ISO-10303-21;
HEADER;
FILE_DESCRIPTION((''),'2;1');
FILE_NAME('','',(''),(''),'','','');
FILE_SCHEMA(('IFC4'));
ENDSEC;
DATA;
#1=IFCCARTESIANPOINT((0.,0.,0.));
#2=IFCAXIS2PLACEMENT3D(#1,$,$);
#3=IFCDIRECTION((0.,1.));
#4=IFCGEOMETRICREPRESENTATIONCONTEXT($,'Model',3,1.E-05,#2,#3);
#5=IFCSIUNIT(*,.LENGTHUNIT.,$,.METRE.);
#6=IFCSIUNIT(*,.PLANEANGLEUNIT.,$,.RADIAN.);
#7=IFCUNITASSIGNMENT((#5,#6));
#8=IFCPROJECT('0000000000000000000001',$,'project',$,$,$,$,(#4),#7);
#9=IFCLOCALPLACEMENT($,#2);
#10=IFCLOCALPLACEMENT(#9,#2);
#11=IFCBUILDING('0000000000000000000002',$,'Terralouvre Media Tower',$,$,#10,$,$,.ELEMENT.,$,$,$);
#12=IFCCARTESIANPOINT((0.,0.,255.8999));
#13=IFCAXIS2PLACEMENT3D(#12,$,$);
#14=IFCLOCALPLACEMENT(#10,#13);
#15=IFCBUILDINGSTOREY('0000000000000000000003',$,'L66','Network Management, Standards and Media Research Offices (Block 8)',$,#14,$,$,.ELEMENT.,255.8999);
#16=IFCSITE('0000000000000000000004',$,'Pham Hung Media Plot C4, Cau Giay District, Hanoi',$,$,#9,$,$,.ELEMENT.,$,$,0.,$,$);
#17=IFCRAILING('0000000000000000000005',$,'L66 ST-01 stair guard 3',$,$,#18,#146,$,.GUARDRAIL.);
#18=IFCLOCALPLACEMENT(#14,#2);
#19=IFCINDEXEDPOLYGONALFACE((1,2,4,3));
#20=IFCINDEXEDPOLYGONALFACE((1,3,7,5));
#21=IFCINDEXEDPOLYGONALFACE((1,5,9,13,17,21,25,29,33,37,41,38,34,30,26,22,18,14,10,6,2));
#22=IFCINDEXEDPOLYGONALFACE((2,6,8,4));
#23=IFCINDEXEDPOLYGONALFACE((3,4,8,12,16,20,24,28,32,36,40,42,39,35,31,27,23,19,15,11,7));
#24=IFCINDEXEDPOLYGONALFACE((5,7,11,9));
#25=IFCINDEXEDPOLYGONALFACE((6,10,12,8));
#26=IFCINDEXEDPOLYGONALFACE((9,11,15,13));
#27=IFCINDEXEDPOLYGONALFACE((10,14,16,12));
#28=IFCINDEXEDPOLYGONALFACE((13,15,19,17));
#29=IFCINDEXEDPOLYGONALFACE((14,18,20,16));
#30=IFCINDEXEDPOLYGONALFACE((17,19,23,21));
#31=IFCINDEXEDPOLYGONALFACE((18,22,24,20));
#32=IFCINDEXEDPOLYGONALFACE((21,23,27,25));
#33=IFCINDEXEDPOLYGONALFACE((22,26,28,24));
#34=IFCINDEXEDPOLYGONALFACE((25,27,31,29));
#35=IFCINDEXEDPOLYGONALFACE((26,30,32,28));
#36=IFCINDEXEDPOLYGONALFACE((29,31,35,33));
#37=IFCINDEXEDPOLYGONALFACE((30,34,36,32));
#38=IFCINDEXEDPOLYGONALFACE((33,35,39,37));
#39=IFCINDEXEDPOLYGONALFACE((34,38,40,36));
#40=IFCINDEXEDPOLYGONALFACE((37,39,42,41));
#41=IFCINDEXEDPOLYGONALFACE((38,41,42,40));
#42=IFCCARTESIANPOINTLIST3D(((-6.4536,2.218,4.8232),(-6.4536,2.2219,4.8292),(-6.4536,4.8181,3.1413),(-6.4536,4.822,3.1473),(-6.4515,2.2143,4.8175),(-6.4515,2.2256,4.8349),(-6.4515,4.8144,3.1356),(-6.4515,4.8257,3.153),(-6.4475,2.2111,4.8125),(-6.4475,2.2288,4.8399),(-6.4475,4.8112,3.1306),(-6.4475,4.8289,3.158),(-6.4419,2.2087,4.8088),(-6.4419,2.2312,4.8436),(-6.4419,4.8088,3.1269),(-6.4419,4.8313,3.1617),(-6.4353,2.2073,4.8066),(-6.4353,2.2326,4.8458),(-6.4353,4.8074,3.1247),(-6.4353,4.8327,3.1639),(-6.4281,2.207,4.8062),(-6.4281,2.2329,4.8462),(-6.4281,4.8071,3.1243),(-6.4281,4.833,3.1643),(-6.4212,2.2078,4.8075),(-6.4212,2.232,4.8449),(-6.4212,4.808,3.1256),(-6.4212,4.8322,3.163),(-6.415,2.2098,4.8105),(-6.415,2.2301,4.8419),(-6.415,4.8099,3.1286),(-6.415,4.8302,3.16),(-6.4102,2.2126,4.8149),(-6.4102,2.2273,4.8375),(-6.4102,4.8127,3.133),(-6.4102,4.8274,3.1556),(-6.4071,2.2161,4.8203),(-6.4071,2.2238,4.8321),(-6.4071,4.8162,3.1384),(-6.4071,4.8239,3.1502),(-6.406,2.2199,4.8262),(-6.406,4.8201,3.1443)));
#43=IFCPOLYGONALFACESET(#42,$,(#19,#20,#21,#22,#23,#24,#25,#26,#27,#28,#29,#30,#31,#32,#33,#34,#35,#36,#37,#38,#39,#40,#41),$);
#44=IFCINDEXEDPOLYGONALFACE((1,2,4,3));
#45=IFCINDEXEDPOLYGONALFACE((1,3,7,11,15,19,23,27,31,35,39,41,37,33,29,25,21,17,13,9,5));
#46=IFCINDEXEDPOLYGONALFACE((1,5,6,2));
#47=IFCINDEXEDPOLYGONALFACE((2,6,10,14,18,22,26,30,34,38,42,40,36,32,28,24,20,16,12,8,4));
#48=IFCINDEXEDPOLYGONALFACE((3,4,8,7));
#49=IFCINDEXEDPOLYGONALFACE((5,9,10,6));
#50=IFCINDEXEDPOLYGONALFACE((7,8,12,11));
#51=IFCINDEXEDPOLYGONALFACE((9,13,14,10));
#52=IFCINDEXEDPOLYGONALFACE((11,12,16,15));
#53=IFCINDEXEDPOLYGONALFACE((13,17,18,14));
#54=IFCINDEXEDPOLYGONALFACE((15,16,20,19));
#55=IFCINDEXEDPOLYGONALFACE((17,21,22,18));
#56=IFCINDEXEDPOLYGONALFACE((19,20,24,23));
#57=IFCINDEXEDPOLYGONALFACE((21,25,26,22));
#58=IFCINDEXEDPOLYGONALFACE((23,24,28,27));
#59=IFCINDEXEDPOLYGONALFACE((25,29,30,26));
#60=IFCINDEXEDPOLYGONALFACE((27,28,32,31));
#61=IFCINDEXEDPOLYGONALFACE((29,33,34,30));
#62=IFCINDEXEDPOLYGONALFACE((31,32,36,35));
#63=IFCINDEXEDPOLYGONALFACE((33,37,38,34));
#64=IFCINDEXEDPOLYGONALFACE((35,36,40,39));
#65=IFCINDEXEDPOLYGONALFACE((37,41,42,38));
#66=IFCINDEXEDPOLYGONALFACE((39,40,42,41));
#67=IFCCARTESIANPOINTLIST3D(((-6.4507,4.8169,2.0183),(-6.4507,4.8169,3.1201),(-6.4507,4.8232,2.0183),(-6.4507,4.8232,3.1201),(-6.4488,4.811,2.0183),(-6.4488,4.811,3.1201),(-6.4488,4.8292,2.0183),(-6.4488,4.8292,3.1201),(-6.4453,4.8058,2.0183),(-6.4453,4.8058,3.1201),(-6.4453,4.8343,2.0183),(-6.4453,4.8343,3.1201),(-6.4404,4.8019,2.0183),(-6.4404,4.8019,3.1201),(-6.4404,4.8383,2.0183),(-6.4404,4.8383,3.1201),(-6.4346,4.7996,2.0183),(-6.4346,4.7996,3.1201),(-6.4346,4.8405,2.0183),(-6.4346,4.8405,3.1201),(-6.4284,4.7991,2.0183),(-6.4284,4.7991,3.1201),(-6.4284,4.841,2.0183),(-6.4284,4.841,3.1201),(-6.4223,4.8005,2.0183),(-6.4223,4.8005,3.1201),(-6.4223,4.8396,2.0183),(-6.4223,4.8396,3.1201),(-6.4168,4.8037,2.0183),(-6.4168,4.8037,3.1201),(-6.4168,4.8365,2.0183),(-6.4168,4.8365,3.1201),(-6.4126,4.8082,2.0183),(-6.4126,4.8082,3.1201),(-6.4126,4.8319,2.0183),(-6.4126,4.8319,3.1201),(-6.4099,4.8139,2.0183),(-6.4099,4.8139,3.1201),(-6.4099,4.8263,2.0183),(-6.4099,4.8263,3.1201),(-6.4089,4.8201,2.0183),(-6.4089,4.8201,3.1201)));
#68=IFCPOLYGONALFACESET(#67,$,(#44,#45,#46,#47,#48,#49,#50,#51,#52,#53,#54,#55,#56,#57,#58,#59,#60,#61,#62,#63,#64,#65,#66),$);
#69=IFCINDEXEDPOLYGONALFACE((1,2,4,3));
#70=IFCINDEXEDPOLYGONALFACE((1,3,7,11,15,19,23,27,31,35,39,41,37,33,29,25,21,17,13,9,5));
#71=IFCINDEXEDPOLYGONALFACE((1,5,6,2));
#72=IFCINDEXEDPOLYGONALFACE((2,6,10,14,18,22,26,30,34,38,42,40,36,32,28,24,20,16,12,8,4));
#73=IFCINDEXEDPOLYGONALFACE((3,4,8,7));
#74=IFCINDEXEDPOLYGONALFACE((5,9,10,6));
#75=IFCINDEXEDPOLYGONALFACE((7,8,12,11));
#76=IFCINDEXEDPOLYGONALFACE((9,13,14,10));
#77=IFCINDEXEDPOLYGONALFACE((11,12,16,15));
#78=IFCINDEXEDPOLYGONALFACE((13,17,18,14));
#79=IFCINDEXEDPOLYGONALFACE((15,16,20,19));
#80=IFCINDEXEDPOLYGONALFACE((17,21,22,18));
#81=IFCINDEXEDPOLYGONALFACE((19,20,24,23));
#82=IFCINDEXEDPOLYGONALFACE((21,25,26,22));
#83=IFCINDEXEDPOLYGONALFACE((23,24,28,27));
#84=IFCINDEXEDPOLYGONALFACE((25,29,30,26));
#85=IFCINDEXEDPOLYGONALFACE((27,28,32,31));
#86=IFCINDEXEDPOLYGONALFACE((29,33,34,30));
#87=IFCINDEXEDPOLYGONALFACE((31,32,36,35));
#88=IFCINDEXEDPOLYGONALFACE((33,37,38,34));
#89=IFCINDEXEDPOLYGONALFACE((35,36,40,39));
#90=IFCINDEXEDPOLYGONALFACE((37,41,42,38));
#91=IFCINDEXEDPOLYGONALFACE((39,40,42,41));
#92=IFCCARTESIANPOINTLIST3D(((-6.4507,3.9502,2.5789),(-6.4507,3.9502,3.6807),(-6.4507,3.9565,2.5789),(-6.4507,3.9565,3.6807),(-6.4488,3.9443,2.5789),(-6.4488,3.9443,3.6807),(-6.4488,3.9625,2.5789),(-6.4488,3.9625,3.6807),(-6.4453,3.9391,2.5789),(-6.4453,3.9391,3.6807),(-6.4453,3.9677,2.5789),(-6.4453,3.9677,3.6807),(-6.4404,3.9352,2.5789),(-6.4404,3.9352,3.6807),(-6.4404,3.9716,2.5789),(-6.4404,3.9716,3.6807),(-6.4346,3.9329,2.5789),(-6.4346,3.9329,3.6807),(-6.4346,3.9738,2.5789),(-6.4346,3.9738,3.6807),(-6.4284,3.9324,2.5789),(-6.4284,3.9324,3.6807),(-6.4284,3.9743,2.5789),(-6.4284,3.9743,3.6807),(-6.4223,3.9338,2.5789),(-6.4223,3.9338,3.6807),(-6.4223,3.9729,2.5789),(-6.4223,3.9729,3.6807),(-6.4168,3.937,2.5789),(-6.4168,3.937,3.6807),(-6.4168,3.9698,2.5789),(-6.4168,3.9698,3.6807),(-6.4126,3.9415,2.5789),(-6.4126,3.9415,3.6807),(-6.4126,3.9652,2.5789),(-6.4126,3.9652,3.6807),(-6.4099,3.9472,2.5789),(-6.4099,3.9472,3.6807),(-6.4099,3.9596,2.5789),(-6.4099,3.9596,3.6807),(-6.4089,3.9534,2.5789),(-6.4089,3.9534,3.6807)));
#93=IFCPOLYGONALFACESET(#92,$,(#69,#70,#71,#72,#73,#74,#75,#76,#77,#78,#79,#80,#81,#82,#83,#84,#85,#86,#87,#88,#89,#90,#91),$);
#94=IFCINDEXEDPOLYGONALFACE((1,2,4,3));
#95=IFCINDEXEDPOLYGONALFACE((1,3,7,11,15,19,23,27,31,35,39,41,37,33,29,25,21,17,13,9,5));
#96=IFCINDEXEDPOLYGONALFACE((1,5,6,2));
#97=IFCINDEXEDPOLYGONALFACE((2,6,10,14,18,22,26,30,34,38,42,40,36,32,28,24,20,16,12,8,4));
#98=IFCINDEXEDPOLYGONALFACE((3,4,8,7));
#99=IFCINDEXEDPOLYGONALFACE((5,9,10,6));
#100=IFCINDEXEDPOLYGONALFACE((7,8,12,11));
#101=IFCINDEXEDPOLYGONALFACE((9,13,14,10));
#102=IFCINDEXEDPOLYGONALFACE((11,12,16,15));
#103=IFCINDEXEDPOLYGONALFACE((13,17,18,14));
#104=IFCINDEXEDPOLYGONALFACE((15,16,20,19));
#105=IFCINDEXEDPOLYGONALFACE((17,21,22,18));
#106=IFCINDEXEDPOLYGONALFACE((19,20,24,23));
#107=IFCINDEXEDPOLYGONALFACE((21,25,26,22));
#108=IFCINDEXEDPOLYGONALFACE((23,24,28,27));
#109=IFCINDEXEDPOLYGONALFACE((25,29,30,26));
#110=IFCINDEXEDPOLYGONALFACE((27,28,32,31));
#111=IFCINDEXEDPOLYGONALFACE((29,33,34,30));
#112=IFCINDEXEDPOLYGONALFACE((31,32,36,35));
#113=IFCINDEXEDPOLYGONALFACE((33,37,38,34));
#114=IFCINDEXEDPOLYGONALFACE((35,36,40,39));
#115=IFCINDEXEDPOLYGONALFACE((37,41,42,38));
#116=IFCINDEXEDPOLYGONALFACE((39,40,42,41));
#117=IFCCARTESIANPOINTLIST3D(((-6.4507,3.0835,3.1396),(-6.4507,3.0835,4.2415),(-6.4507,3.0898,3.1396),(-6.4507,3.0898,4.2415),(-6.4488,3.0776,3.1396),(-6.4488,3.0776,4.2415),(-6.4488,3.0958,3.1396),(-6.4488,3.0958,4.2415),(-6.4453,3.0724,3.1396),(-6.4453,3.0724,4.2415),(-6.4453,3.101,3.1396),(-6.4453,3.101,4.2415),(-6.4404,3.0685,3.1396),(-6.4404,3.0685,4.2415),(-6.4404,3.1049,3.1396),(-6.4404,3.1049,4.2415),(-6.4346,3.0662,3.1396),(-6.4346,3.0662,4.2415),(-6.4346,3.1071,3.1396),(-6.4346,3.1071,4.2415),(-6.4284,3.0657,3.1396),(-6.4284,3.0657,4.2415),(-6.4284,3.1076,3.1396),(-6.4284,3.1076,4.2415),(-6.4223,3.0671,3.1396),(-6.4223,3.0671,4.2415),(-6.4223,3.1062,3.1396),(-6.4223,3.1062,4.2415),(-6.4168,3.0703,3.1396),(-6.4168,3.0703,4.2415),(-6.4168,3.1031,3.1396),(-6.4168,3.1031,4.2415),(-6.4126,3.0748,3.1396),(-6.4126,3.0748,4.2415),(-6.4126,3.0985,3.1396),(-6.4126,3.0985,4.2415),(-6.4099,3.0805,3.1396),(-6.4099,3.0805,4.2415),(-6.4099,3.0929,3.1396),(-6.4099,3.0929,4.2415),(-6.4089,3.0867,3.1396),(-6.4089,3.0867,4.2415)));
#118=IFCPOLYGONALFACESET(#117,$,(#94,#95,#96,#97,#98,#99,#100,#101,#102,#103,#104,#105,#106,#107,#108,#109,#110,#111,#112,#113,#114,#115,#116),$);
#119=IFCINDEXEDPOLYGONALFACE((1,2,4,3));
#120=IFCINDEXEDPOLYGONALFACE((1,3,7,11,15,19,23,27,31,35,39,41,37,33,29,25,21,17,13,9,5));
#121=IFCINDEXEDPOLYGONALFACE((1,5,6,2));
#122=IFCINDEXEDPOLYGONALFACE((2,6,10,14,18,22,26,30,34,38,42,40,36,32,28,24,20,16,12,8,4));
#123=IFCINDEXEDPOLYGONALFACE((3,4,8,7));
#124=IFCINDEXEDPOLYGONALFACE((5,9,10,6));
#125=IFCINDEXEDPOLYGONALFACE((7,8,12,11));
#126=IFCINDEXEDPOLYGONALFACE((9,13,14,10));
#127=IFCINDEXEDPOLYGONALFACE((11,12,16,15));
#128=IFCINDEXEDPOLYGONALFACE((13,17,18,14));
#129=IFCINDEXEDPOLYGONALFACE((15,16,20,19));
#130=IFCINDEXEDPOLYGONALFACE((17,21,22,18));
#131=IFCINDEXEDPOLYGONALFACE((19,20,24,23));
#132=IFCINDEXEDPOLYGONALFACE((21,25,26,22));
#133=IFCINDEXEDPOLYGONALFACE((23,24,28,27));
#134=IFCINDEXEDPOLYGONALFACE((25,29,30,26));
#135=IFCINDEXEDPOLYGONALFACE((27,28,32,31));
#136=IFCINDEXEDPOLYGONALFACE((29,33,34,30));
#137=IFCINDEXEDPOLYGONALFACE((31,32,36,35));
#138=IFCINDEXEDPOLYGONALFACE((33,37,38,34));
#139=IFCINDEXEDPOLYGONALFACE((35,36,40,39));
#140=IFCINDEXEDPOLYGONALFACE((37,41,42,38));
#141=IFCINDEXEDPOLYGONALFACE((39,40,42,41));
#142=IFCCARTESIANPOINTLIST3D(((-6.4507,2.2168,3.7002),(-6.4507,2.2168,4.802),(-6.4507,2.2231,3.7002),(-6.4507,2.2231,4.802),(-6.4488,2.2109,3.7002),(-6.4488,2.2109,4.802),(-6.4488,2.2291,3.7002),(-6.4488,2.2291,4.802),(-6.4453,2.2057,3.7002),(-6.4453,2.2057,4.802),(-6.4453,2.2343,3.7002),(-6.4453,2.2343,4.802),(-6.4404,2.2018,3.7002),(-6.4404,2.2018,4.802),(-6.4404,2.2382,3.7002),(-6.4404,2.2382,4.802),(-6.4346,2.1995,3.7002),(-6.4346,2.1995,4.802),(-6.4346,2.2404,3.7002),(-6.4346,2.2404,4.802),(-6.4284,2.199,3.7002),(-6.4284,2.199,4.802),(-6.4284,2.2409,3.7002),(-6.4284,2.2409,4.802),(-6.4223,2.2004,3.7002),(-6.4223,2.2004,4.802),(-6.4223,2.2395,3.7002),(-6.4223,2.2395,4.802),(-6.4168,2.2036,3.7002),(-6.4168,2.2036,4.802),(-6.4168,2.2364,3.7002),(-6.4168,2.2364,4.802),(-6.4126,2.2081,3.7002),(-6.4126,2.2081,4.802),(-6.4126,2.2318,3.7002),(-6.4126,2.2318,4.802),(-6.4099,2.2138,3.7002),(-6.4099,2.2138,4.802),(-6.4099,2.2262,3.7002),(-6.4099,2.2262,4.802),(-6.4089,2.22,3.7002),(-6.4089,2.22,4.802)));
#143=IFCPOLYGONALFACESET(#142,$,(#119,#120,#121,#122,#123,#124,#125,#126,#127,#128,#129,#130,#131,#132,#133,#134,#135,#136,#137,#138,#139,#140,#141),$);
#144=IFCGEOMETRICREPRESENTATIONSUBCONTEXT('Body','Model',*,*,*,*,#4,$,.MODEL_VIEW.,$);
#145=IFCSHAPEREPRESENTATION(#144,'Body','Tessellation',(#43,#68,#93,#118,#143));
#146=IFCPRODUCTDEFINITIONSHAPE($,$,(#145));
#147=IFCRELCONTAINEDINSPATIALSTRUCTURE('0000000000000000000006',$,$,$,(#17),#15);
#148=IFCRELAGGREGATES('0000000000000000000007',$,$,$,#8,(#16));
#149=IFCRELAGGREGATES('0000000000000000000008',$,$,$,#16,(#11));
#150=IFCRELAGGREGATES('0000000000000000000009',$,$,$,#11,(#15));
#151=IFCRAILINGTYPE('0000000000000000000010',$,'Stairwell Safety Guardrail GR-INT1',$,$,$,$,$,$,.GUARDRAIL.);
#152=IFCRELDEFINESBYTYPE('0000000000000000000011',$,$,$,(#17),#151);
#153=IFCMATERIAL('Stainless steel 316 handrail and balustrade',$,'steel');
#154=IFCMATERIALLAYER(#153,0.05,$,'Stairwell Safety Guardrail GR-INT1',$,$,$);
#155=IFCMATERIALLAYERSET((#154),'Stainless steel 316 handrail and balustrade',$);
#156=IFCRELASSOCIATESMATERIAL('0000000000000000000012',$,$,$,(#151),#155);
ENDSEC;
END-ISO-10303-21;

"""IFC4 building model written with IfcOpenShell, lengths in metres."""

from ifc_helpers import new_model, si_unit, direction, frame, origin, origin_2d, place, context, subcontext, project, spatial, circle, extrude, material, layer, layer_set, type_object, element, save


model = new_model("IFC4")

# Units and contexts
model_context = context("Model", 3, precision=1e-05, world=origin(), true_north=direction((0.0, 1.0)))
body_context = subcontext(model_context, "Body", "Model", "MODEL_VIEW")
ifc_project = project(units=[si_unit("LENGTHUNIT", "METRE"), si_unit("PLANEANGLEUNIT", "RADIAN")], contexts=[model_context])

# Site, building, storey
site_placement = place(None, origin())
site = spatial("IfcSite", under=ifc_project, at=site_placement, Name="Pham Hung Media Plot C4, Cau Giay District, Hanoi", CompositionType="ELEMENT", RefElevation=0.0)
building_placement = place(site_placement, origin())
building = spatial("IfcBuilding", under=site, at=building_placement, Name="Terralouvre Media Tower", CompositionType="ELEMENT")
storey_placement = place(building_placement, frame((0.0, 0.0, 255.8999)))
storey = spatial("IfcBuildingStorey", under=building, at=storey_placement, Name="L66", Description="Network Management, Standards and Media Research Offices (Block 8)", CompositionType="ELEMENT", Elevation=255.8999)

# Railing
ifc_material_1 = material(Name="Stainless steel 316 handrail and balustrade", Category="steel")
ifc_layer_1 = layer(ifc_material_1, 0.05, Name="Stairwell Safety Guardrail GR-INT1")
ifc_layer_set_1 = layer_set([ifc_layer_1], Name="Stainless steel 316 handrail and balustrade")
railing_type_1 = type_object("IfcRailingType", Name="Stairwell Safety Guardrail GR-INT1", PredefinedType="GUARDRAIL", material=ifc_layer_set_1)
railing_1_placement = place(storey_placement, frame((-6.4299, 4.8201, 2.0183)))
element("IfcRailing", 1, at=railing_1_placement, inside=storey, type_object=railing_type_1, Name="L66 ST-01 stair guard 3", PredefinedType="GUARDRAIL", context=body_context, shape_type="SweptSolid", body=[
    extrude(circle(Radius=0.0239, at=origin_2d()), frame((0.0, 0.0, 1.126), z_axis=(0.0, -0.839648, 0.54313), x_axis=(1.0, 0.0, 0.0)), (0.0, 0.0, 1.0), 3.0967),
    extrude(circle(Radius=0.021, at=origin_2d()), origin(), (0.0, 0.0, 1.0), 1.1018),
    extrude(circle(Radius=0.021, at=origin_2d()), frame((0.0, -0.8667, 0.5605)), (0.0, 0.0, 1.0), 1.1018),
    extrude(circle(Radius=0.021, at=origin_2d()), frame((0.0, -1.7334, 1.1213)), (0.0, 0.0, 1.0), 1.1018),
    extrude(circle(Radius=0.021, at=origin_2d()), frame((0.0, -2.6001, 1.6819)), (0.0, 0.0, 1.0), 1.1018),
])

save(model, "model.ifc")
